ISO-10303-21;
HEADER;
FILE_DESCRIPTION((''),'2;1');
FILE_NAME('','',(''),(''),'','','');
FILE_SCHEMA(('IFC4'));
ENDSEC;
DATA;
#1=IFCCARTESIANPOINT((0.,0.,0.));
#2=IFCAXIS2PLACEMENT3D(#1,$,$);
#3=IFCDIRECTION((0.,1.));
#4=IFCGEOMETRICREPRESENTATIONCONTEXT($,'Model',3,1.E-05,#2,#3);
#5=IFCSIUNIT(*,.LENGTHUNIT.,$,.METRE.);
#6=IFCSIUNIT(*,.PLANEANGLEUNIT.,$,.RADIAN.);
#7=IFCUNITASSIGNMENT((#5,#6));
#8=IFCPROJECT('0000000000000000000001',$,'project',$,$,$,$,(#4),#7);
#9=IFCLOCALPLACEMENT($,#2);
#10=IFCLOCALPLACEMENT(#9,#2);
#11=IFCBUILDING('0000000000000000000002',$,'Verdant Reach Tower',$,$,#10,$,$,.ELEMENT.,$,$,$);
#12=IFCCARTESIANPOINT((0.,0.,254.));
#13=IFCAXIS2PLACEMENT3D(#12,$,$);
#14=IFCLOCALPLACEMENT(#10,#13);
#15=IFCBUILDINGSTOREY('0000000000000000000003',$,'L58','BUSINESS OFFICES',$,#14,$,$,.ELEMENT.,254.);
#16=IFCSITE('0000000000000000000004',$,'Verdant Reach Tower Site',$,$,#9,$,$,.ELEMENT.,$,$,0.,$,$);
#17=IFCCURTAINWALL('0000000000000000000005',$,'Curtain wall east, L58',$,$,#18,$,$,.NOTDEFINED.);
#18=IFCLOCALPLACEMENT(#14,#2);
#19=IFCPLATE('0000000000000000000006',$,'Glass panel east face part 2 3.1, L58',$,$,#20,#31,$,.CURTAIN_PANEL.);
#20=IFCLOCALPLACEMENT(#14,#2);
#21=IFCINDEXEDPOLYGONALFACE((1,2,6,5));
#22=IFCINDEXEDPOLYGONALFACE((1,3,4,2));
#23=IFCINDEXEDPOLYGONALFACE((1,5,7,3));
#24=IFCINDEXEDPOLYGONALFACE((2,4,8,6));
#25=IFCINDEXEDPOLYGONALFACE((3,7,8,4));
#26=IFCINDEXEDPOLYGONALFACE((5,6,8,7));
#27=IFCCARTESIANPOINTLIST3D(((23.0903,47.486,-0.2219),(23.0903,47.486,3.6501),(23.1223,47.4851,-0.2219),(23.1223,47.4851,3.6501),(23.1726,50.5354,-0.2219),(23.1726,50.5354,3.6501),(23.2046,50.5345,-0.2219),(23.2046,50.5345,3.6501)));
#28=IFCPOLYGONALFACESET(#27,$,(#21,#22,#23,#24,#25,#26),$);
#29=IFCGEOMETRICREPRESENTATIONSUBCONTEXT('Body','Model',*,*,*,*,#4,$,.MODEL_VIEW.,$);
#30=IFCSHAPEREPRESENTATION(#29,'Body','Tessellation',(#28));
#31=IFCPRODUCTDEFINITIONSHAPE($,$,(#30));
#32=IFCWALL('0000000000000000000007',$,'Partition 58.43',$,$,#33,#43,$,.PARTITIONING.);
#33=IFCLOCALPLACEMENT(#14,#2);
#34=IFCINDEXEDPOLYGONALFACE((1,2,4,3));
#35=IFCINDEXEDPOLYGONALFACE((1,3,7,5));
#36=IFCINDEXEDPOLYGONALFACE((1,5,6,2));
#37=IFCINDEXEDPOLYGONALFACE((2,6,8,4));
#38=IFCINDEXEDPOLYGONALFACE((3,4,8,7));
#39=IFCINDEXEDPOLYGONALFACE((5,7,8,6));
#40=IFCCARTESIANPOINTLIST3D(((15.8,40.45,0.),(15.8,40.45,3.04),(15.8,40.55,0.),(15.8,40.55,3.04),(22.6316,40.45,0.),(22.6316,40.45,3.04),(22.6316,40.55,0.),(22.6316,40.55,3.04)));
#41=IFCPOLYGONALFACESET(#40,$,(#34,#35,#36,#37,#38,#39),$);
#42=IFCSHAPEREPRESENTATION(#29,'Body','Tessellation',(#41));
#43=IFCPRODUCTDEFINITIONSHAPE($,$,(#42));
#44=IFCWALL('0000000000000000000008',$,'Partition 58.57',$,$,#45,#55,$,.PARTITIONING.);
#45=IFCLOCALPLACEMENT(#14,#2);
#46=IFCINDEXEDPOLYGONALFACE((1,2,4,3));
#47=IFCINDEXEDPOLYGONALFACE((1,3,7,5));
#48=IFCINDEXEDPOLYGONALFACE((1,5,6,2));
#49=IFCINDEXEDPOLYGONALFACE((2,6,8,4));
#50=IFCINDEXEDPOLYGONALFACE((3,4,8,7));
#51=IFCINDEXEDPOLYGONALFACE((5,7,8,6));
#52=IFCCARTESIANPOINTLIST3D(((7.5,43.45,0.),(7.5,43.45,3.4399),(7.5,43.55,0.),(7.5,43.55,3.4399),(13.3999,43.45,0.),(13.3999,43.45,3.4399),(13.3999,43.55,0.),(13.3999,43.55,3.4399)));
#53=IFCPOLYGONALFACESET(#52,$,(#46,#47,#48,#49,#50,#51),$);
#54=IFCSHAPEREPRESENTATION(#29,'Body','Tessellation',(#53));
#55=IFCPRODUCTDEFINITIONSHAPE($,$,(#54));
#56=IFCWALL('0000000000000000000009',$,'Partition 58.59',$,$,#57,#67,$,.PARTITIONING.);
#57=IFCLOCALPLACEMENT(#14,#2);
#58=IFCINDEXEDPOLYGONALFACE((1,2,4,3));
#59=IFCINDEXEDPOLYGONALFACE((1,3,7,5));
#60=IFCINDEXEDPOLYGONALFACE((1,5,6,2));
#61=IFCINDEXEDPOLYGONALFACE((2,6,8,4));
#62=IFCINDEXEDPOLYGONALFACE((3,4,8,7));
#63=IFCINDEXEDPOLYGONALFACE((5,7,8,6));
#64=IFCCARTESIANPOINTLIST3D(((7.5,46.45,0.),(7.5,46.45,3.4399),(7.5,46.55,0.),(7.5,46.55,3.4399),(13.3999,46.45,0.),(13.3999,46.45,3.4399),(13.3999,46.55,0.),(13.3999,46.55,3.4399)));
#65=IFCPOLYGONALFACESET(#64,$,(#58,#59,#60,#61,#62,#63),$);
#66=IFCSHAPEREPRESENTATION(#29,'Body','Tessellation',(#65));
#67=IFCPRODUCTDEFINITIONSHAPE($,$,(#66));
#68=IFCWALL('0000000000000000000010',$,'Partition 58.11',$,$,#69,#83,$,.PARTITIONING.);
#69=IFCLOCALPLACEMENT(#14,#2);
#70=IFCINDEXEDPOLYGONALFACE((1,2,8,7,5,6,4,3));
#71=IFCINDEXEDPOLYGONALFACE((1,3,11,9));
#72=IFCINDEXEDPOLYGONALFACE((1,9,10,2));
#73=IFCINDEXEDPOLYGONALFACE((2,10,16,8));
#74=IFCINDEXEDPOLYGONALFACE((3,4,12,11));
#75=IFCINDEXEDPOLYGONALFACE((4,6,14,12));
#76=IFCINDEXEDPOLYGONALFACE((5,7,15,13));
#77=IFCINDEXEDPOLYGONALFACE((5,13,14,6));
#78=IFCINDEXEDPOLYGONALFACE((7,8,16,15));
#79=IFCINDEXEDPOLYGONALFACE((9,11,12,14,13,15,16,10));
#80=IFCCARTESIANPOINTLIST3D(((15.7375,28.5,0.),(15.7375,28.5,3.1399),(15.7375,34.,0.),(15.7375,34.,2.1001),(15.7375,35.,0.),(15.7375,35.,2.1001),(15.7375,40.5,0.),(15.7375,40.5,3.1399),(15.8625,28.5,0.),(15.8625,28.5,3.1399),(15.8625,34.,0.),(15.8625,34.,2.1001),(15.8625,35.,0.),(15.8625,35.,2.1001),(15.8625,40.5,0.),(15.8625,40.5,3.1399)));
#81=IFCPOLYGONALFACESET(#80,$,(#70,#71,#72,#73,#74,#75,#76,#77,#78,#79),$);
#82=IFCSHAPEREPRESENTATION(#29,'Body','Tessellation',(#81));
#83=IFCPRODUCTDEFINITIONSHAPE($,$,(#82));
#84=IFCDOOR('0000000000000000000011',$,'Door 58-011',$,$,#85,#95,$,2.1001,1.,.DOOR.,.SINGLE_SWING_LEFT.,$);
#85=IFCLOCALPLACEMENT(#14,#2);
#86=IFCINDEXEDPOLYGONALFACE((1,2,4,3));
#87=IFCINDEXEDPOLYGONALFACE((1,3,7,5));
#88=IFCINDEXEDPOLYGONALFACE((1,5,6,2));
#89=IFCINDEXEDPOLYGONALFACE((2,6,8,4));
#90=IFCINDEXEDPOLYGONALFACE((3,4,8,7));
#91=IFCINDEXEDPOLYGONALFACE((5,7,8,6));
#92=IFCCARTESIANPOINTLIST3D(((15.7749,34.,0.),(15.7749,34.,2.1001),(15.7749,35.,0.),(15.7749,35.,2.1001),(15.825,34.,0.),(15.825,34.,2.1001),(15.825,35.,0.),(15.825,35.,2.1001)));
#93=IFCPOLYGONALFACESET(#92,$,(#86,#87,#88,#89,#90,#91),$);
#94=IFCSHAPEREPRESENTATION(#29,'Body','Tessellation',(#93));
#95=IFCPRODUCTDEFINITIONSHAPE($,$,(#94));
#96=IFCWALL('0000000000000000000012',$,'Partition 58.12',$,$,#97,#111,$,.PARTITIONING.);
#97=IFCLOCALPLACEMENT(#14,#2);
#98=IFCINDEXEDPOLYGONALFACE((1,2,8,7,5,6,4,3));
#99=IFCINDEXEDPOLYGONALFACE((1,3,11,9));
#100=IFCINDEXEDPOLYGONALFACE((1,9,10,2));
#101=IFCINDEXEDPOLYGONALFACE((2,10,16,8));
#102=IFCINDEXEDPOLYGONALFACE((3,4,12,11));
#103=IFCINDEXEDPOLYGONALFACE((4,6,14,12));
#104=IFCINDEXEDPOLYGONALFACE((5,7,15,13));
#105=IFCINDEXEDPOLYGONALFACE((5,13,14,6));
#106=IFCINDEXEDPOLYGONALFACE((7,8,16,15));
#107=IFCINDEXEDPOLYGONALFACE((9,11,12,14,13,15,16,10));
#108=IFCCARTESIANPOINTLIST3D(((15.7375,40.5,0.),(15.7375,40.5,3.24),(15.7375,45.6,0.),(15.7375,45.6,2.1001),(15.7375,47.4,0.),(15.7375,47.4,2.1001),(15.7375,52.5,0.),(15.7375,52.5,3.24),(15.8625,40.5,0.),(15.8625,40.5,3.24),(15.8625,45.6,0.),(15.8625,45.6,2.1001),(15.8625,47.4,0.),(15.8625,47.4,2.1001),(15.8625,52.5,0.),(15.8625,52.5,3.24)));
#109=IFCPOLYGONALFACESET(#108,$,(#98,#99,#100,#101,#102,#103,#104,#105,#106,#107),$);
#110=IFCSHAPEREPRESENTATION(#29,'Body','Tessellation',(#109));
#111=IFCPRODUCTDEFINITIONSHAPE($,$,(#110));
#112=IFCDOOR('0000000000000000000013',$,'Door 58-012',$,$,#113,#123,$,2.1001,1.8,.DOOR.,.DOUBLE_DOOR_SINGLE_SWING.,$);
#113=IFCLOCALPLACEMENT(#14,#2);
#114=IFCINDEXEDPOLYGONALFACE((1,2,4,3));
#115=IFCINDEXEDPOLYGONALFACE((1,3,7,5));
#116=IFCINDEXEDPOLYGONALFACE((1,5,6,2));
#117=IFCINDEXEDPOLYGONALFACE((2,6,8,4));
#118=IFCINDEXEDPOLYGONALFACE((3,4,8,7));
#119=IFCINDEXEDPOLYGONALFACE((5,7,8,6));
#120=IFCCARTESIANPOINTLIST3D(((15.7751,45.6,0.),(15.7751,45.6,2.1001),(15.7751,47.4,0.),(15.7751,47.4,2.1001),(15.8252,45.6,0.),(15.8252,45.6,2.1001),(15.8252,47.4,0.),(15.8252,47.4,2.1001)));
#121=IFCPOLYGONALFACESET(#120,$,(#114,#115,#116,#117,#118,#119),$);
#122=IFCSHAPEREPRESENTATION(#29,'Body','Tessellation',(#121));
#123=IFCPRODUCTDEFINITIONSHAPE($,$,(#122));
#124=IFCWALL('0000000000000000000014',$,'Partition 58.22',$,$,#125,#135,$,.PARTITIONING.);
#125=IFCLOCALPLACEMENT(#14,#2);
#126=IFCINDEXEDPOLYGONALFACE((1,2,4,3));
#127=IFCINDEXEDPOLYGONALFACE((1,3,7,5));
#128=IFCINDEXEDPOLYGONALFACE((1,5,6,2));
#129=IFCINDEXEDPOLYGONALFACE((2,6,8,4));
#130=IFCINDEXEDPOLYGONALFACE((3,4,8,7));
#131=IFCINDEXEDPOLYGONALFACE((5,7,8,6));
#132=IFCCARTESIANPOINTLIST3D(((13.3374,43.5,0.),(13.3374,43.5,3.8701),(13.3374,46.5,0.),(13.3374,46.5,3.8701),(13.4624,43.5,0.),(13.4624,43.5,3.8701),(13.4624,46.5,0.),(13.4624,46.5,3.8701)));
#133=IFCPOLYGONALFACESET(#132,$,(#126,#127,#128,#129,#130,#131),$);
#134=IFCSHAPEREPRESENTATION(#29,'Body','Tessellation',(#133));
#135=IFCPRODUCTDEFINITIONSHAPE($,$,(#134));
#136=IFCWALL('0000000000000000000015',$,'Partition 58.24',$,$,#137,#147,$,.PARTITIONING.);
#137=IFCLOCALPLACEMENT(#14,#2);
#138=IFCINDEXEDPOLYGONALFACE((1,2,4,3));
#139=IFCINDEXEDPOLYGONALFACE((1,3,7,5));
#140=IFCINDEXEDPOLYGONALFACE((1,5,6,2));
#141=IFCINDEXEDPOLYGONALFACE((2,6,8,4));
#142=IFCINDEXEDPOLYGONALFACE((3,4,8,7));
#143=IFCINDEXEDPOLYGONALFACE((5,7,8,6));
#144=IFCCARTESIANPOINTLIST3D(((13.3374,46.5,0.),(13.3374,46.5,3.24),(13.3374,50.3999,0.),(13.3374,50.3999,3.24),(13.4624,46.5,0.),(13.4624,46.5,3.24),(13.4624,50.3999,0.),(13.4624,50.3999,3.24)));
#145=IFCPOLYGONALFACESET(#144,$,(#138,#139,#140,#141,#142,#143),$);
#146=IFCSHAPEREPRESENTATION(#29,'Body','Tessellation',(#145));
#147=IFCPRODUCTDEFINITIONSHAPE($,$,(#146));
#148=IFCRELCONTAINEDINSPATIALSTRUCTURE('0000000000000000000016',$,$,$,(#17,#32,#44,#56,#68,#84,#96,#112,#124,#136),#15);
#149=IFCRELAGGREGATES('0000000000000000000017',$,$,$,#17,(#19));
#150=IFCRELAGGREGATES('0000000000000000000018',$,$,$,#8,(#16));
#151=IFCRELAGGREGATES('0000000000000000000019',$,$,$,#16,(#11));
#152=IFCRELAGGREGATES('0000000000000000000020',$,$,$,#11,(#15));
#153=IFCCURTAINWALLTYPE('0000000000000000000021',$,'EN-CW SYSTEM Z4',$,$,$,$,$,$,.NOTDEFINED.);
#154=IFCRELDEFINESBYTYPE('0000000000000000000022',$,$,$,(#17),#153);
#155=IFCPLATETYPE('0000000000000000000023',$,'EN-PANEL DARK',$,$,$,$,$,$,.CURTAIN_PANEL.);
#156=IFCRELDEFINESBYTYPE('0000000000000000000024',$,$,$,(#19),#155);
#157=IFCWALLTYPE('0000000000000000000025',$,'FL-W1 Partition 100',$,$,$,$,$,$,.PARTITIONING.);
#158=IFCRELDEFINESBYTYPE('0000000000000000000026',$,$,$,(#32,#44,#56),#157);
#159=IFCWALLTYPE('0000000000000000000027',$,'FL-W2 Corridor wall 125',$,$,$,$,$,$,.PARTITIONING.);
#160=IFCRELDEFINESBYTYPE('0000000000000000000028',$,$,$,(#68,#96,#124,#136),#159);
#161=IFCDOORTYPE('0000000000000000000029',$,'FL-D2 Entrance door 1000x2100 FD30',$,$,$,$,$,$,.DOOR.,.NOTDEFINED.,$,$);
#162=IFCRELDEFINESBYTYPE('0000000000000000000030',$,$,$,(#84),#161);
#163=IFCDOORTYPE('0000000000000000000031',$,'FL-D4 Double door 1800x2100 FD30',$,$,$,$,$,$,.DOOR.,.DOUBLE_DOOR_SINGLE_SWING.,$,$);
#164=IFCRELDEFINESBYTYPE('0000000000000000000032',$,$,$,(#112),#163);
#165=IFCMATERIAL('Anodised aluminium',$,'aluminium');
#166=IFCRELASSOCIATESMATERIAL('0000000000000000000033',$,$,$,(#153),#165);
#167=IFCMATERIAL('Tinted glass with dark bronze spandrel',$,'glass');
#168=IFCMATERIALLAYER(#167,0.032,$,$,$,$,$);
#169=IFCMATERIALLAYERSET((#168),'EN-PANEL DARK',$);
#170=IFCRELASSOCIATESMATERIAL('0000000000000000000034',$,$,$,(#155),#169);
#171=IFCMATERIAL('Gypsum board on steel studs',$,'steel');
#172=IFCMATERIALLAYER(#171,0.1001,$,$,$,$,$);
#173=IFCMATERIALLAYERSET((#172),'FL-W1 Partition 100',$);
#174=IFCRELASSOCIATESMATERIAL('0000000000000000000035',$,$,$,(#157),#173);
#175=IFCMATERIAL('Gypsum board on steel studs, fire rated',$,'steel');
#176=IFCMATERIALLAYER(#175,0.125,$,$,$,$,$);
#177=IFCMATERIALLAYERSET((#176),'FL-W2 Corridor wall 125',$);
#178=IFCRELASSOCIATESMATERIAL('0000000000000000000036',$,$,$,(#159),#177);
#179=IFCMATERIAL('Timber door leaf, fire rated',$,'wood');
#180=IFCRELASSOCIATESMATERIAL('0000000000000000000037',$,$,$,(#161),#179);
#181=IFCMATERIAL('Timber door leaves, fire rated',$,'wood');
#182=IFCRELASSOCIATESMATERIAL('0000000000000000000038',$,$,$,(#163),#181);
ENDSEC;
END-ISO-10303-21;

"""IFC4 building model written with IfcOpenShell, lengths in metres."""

from ifc_helpers import new_model, si_unit, direction, frame, frame_2d, origin, origin_2d, place, context, subcontext, project, spatial, rectangle, extrude, material, layer, layer_set, type_object, element, fill, aggregate, save


model = new_model("IFC4")

# Units and contexts
model_context = context("Model", 3, precision=1e-05, world=origin(), true_north=direction((0.0, 1.0)))
body_context = subcontext(model_context, "Body", "Model", "MODEL_VIEW")
ifc_project = project(units=[si_unit("LENGTHUNIT", "METRE"), si_unit("PLANEANGLEUNIT", "RADIAN")], contexts=[model_context])

# Site, building, storey
site_placement = place(None, origin())
site = spatial("IfcSite", under=ifc_project, at=site_placement, Name="Verdant Reach Tower Site", CompositionType="ELEMENT", RefElevation=0.0)
building_placement = place(site_placement, origin())
building = spatial("IfcBuilding", under=site, at=building_placement, Name="Verdant Reach Tower", CompositionType="ELEMENT")
storey_placement = place(building_placement, frame((0.0, 0.0, 254.0)))
storey = spatial("IfcBuildingStorey", under=building, at=storey_placement, Name="L58", Description="BUSINESS OFFICES", CompositionType="ELEMENT", Elevation=254.0)

# Curtain wall
ifc_material_1 = material(Name="Anodised aluminium", Category="aluminium")
curtain_wall_type = type_object("IfcCurtainWallType", Name="EN-CW SYSTEM Z4", PredefinedType="NOTDEFINED", material=ifc_material_1)
curtain_wall_placement = place(storey_placement, origin())
curtain_wall = element("IfcCurtainWall", 1, at=curtain_wall_placement, inside=storey, type_object=curtain_wall_type, Name="Curtain wall east, L58", PredefinedType="NOTDEFINED")

# Plate
ifc_material_2 = material(Name="Tinted glass with dark bronze spandrel", Category="glass")
ifc_layer_1 = layer(ifc_material_2, 0.032)
ifc_layer_set_1 = layer_set([ifc_layer_1], Name="EN-PANEL DARK")
plate_type_1 = type_object("IfcPlateType", Name="EN-PANEL DARK", PredefinedType="CURTAIN_PANEL", material=ifc_layer_set_1)
plate_1_placement = place(storey_placement, frame((23.1475, 49.0103, -0.2219), z_axis=(0.0, 0.0, 1.0), x_axis=(0.026965, 0.999636, 0.0)))
plate_1 = element("IfcPlate", 2, at=plate_1_placement, type_object=plate_type_1, Name="Glass panel east face part 2 3.1, L58", PredefinedType="CURTAIN_PANEL", context=body_context, shape_type="SweptSolid", body=[
    extrude(rectangle(XDim=3.0505, YDim=0.032, at=origin_2d()), origin(), (0.0, 0.0, 1.0), 3.8721),
])
aggregate(curtain_wall, [plate_1])

# Walls
ifc_material_3 = material(Name="Gypsum board on steel studs", Category="steel")
ifc_layer_2 = layer(ifc_material_3, 0.1001)
ifc_layer_set_2 = layer_set([ifc_layer_2], Name="FL-W1 Partition 100")
wall_type_1 = type_object("IfcWallType", Name="FL-W1 Partition 100", PredefinedType="PARTITIONING", material=ifc_layer_set_2)
wall_1_placement = place(storey_placement, frame((22.6316, 40.5, 0.0), z_axis=(0.0, 0.0, 1.0), x_axis=(-1.0, 0.0, 0.0)))
element("IfcWall", 3, at=wall_1_placement, inside=storey, type_object=wall_type_1, Name="Partition 58.43", PredefinedType="PARTITIONING", context=body_context, shape_type="SweptSolid", body=[
    extrude(rectangle(XDim=6.8315, YDim=0.1001, at=frame_2d((3.4158, 0.0))), origin(), (0.0, 0.0, 1.0), 3.04),
])
for number, where, z_axis, x_axis, name in (
    (4, (13.3999, 43.5, 0.0), (0.0, 0.0, 1.0), (-1.0, 0.0, 0.0), "Partition 58.57"),
    (5, (13.3999, 46.5, 0.0), (0.0, 0.0, 1.0), (-1.0, 0.0, 0.0), "Partition 58.59"),
):
    element("IfcWall", number, at=place(storey_placement, frame(where, z_axis=z_axis, x_axis=x_axis)), inside=storey, type_object=wall_type_1, Name=name, PredefinedType="PARTITIONING", context=body_context, shape_type="SweptSolid", body=[
        extrude(rectangle(XDim=5.8999, YDim=0.1001, at=frame_2d((2.95, 0.0))), origin(), (0.0, 0.0, 1.0), 3.4399),
    ])

# Walls, openings, doors
ifc_material_4 = material(Name="Gypsum board on steel studs, fire rated", Category="steel")
ifc_layer_3 = layer(ifc_material_4, 0.125)
ifc_layer_set_3 = layer_set([ifc_layer_3], Name="FL-W2 Corridor wall 125")
wall_type_2 = type_object("IfcWallType", Name="FL-W2 Corridor wall 125", PredefinedType="PARTITIONING", material=ifc_layer_set_3)
wall_2_placement = place(storey_placement, frame((15.8, 40.5, 0.0), z_axis=(0.0, 0.0, 1.0), x_axis=(0.0, -1.0, 0.0)))
wall_2 = element("IfcWall", 6, at=wall_2_placement, inside=storey, type_object=wall_type_2, Name="Partition 58.11", PredefinedType="PARTITIONING", context=body_context, shape_type="SweptSolid", body=[
    extrude(rectangle(XDim=12.0, YDim=0.125, at=frame_2d((6.0, 0.0))), origin(), (0.0, 0.0, 1.0), 3.1399),
])
opening_1_placement = place(wall_2_placement, frame((5.5, 0.0, 0.0)))
opening_1 = element("IfcOpeningElement", 7, at=opening_1_placement, cuts=wall_2, PredefinedType="OPENING", context=body_context, shape_type="SweptSolid", body=[
    extrude(rectangle(XDim=1.0, YDim=2.1001, at=frame_2d((0.5, 1.05))), frame((0.0, 0.0725, 0.0), z_axis=(0.0, -1.0, 0.0), x_axis=(1.0, 0.0, 0.0)), (0.0, 0.0, 1.0), 0.145),
])
ifc_material_5 = material(Name="Timber door leaf, fire rated", Category="wood")
door_type_1 = type_object("IfcDoorType", Name="FL-D2 Entrance door 1000x2100 FD30", OperationType="NOTDEFINED", PredefinedType="DOOR", material=ifc_material_5)
door_1_placement = place(opening_1_placement, origin())
door_1 = element("IfcDoor", 8, at=door_1_placement, inside=storey, type_object=door_type_1, Name="Door 58-011", OperationType="SINGLE_SWING_LEFT", OverallHeight=2.1001, OverallWidth=1.0, PredefinedType="DOOR", context=body_context, shape_type="SweptSolid", body=[
    extrude(rectangle(XDim=1.0, YDim=2.1001, at=frame_2d((0.5, 1.05))), frame((0.0, 0.0249, 0.0), z_axis=(0.0, -1.0, 0.0), x_axis=(1.0, 0.0, 0.0)), (0.0, 0.0, 1.0), 0.05),
])
fill(opening_1, door_1)
wall_3_placement = place(storey_placement, frame((15.8, 40.5, 0.0), z_axis=(0.0, 0.0, 1.0), x_axis=(0.0, 1.0, 0.0)))
wall_3 = element("IfcWall", 9, at=wall_3_placement, inside=storey, type_object=wall_type_2, Name="Partition 58.12", PredefinedType="PARTITIONING", context=body_context, shape_type="SweptSolid", body=[
    extrude(rectangle(XDim=12.0, YDim=0.125, at=frame_2d((6.0, 0.0))), origin(), (0.0, 0.0, 1.0), 3.24),
])
opening_2_placement = place(wall_3_placement, frame((5.1001, 0.0, 0.0)))
opening_2 = element("IfcOpeningElement", 10, at=opening_2_placement, cuts=wall_3, PredefinedType="OPENING", context=body_context, shape_type="SweptSolid", body=[
    extrude(rectangle(XDim=1.8, YDim=2.1001, at=frame_2d((0.8999, 1.05))), frame((0.0, 0.0725, 0.0), z_axis=(0.0, -1.0, 0.0), x_axis=(1.0, 0.0, 0.0)), (0.0, 0.0, 1.0), 0.145),
])
ifc_material_6 = material(Name="Timber door leaves, fire rated", Category="wood")
door_type_2 = type_object("IfcDoorType", Name="FL-D4 Double door 1800x2100 FD30", OperationType="DOUBLE_DOOR_SINGLE_SWING", PredefinedType="DOOR", material=ifc_material_6)
door_2_placement = place(opening_2_placement, origin())
door_2 = element("IfcDoor", 11, at=door_2_placement, inside=storey, type_object=door_type_2, Name="Door 58-012", OperationType="DOUBLE_DOOR_SINGLE_SWING", OverallHeight=2.1001, OverallWidth=1.8, PredefinedType="DOOR", context=body_context, shape_type="SweptSolid", body=[
    extrude(rectangle(XDim=1.8, YDim=2.1001, at=frame_2d((0.8999, 1.05))), frame((0.0, 0.0249, 0.0), z_axis=(0.0, -1.0, 0.0), x_axis=(1.0, 0.0, 0.0)), (0.0, 0.0, 1.0), 0.05),
])
fill(opening_2, door_2)

# Walls
wall_4_placement = place(storey_placement, frame((13.3999, 43.5, 0.0), z_axis=(0.0, 0.0, 1.0), x_axis=(0.0, 1.0, 0.0)))
element("IfcWall", 12, at=wall_4_placement, inside=storey, type_object=wall_type_2, Name="Partition 58.22", PredefinedType="PARTITIONING", context=body_context, shape_type="SweptSolid", body=[
    extrude(rectangle(XDim=3.0, YDim=0.125, at=frame_2d((1.5, 0.0))), origin(), (0.0, 0.0, 1.0), 3.8701),
])
wall_5_placement = place(storey_placement, frame((13.3999, 46.5, 0.0), z_axis=(0.0, 0.0, 1.0), x_axis=(0.0, 1.0, 0.0)))
element("IfcWall", 13, at=wall_5_placement, inside=storey, type_object=wall_type_2, Name="Partition 58.24", PredefinedType="PARTITIONING", context=body_context, shape_type="SweptSolid", body=[
    extrude(rectangle(XDim=3.8999, YDim=0.125, at=frame_2d((1.95, 0.0))), origin(), (0.0, 0.0, 1.0), 3.24),
])

save(model, "model.ifc")
